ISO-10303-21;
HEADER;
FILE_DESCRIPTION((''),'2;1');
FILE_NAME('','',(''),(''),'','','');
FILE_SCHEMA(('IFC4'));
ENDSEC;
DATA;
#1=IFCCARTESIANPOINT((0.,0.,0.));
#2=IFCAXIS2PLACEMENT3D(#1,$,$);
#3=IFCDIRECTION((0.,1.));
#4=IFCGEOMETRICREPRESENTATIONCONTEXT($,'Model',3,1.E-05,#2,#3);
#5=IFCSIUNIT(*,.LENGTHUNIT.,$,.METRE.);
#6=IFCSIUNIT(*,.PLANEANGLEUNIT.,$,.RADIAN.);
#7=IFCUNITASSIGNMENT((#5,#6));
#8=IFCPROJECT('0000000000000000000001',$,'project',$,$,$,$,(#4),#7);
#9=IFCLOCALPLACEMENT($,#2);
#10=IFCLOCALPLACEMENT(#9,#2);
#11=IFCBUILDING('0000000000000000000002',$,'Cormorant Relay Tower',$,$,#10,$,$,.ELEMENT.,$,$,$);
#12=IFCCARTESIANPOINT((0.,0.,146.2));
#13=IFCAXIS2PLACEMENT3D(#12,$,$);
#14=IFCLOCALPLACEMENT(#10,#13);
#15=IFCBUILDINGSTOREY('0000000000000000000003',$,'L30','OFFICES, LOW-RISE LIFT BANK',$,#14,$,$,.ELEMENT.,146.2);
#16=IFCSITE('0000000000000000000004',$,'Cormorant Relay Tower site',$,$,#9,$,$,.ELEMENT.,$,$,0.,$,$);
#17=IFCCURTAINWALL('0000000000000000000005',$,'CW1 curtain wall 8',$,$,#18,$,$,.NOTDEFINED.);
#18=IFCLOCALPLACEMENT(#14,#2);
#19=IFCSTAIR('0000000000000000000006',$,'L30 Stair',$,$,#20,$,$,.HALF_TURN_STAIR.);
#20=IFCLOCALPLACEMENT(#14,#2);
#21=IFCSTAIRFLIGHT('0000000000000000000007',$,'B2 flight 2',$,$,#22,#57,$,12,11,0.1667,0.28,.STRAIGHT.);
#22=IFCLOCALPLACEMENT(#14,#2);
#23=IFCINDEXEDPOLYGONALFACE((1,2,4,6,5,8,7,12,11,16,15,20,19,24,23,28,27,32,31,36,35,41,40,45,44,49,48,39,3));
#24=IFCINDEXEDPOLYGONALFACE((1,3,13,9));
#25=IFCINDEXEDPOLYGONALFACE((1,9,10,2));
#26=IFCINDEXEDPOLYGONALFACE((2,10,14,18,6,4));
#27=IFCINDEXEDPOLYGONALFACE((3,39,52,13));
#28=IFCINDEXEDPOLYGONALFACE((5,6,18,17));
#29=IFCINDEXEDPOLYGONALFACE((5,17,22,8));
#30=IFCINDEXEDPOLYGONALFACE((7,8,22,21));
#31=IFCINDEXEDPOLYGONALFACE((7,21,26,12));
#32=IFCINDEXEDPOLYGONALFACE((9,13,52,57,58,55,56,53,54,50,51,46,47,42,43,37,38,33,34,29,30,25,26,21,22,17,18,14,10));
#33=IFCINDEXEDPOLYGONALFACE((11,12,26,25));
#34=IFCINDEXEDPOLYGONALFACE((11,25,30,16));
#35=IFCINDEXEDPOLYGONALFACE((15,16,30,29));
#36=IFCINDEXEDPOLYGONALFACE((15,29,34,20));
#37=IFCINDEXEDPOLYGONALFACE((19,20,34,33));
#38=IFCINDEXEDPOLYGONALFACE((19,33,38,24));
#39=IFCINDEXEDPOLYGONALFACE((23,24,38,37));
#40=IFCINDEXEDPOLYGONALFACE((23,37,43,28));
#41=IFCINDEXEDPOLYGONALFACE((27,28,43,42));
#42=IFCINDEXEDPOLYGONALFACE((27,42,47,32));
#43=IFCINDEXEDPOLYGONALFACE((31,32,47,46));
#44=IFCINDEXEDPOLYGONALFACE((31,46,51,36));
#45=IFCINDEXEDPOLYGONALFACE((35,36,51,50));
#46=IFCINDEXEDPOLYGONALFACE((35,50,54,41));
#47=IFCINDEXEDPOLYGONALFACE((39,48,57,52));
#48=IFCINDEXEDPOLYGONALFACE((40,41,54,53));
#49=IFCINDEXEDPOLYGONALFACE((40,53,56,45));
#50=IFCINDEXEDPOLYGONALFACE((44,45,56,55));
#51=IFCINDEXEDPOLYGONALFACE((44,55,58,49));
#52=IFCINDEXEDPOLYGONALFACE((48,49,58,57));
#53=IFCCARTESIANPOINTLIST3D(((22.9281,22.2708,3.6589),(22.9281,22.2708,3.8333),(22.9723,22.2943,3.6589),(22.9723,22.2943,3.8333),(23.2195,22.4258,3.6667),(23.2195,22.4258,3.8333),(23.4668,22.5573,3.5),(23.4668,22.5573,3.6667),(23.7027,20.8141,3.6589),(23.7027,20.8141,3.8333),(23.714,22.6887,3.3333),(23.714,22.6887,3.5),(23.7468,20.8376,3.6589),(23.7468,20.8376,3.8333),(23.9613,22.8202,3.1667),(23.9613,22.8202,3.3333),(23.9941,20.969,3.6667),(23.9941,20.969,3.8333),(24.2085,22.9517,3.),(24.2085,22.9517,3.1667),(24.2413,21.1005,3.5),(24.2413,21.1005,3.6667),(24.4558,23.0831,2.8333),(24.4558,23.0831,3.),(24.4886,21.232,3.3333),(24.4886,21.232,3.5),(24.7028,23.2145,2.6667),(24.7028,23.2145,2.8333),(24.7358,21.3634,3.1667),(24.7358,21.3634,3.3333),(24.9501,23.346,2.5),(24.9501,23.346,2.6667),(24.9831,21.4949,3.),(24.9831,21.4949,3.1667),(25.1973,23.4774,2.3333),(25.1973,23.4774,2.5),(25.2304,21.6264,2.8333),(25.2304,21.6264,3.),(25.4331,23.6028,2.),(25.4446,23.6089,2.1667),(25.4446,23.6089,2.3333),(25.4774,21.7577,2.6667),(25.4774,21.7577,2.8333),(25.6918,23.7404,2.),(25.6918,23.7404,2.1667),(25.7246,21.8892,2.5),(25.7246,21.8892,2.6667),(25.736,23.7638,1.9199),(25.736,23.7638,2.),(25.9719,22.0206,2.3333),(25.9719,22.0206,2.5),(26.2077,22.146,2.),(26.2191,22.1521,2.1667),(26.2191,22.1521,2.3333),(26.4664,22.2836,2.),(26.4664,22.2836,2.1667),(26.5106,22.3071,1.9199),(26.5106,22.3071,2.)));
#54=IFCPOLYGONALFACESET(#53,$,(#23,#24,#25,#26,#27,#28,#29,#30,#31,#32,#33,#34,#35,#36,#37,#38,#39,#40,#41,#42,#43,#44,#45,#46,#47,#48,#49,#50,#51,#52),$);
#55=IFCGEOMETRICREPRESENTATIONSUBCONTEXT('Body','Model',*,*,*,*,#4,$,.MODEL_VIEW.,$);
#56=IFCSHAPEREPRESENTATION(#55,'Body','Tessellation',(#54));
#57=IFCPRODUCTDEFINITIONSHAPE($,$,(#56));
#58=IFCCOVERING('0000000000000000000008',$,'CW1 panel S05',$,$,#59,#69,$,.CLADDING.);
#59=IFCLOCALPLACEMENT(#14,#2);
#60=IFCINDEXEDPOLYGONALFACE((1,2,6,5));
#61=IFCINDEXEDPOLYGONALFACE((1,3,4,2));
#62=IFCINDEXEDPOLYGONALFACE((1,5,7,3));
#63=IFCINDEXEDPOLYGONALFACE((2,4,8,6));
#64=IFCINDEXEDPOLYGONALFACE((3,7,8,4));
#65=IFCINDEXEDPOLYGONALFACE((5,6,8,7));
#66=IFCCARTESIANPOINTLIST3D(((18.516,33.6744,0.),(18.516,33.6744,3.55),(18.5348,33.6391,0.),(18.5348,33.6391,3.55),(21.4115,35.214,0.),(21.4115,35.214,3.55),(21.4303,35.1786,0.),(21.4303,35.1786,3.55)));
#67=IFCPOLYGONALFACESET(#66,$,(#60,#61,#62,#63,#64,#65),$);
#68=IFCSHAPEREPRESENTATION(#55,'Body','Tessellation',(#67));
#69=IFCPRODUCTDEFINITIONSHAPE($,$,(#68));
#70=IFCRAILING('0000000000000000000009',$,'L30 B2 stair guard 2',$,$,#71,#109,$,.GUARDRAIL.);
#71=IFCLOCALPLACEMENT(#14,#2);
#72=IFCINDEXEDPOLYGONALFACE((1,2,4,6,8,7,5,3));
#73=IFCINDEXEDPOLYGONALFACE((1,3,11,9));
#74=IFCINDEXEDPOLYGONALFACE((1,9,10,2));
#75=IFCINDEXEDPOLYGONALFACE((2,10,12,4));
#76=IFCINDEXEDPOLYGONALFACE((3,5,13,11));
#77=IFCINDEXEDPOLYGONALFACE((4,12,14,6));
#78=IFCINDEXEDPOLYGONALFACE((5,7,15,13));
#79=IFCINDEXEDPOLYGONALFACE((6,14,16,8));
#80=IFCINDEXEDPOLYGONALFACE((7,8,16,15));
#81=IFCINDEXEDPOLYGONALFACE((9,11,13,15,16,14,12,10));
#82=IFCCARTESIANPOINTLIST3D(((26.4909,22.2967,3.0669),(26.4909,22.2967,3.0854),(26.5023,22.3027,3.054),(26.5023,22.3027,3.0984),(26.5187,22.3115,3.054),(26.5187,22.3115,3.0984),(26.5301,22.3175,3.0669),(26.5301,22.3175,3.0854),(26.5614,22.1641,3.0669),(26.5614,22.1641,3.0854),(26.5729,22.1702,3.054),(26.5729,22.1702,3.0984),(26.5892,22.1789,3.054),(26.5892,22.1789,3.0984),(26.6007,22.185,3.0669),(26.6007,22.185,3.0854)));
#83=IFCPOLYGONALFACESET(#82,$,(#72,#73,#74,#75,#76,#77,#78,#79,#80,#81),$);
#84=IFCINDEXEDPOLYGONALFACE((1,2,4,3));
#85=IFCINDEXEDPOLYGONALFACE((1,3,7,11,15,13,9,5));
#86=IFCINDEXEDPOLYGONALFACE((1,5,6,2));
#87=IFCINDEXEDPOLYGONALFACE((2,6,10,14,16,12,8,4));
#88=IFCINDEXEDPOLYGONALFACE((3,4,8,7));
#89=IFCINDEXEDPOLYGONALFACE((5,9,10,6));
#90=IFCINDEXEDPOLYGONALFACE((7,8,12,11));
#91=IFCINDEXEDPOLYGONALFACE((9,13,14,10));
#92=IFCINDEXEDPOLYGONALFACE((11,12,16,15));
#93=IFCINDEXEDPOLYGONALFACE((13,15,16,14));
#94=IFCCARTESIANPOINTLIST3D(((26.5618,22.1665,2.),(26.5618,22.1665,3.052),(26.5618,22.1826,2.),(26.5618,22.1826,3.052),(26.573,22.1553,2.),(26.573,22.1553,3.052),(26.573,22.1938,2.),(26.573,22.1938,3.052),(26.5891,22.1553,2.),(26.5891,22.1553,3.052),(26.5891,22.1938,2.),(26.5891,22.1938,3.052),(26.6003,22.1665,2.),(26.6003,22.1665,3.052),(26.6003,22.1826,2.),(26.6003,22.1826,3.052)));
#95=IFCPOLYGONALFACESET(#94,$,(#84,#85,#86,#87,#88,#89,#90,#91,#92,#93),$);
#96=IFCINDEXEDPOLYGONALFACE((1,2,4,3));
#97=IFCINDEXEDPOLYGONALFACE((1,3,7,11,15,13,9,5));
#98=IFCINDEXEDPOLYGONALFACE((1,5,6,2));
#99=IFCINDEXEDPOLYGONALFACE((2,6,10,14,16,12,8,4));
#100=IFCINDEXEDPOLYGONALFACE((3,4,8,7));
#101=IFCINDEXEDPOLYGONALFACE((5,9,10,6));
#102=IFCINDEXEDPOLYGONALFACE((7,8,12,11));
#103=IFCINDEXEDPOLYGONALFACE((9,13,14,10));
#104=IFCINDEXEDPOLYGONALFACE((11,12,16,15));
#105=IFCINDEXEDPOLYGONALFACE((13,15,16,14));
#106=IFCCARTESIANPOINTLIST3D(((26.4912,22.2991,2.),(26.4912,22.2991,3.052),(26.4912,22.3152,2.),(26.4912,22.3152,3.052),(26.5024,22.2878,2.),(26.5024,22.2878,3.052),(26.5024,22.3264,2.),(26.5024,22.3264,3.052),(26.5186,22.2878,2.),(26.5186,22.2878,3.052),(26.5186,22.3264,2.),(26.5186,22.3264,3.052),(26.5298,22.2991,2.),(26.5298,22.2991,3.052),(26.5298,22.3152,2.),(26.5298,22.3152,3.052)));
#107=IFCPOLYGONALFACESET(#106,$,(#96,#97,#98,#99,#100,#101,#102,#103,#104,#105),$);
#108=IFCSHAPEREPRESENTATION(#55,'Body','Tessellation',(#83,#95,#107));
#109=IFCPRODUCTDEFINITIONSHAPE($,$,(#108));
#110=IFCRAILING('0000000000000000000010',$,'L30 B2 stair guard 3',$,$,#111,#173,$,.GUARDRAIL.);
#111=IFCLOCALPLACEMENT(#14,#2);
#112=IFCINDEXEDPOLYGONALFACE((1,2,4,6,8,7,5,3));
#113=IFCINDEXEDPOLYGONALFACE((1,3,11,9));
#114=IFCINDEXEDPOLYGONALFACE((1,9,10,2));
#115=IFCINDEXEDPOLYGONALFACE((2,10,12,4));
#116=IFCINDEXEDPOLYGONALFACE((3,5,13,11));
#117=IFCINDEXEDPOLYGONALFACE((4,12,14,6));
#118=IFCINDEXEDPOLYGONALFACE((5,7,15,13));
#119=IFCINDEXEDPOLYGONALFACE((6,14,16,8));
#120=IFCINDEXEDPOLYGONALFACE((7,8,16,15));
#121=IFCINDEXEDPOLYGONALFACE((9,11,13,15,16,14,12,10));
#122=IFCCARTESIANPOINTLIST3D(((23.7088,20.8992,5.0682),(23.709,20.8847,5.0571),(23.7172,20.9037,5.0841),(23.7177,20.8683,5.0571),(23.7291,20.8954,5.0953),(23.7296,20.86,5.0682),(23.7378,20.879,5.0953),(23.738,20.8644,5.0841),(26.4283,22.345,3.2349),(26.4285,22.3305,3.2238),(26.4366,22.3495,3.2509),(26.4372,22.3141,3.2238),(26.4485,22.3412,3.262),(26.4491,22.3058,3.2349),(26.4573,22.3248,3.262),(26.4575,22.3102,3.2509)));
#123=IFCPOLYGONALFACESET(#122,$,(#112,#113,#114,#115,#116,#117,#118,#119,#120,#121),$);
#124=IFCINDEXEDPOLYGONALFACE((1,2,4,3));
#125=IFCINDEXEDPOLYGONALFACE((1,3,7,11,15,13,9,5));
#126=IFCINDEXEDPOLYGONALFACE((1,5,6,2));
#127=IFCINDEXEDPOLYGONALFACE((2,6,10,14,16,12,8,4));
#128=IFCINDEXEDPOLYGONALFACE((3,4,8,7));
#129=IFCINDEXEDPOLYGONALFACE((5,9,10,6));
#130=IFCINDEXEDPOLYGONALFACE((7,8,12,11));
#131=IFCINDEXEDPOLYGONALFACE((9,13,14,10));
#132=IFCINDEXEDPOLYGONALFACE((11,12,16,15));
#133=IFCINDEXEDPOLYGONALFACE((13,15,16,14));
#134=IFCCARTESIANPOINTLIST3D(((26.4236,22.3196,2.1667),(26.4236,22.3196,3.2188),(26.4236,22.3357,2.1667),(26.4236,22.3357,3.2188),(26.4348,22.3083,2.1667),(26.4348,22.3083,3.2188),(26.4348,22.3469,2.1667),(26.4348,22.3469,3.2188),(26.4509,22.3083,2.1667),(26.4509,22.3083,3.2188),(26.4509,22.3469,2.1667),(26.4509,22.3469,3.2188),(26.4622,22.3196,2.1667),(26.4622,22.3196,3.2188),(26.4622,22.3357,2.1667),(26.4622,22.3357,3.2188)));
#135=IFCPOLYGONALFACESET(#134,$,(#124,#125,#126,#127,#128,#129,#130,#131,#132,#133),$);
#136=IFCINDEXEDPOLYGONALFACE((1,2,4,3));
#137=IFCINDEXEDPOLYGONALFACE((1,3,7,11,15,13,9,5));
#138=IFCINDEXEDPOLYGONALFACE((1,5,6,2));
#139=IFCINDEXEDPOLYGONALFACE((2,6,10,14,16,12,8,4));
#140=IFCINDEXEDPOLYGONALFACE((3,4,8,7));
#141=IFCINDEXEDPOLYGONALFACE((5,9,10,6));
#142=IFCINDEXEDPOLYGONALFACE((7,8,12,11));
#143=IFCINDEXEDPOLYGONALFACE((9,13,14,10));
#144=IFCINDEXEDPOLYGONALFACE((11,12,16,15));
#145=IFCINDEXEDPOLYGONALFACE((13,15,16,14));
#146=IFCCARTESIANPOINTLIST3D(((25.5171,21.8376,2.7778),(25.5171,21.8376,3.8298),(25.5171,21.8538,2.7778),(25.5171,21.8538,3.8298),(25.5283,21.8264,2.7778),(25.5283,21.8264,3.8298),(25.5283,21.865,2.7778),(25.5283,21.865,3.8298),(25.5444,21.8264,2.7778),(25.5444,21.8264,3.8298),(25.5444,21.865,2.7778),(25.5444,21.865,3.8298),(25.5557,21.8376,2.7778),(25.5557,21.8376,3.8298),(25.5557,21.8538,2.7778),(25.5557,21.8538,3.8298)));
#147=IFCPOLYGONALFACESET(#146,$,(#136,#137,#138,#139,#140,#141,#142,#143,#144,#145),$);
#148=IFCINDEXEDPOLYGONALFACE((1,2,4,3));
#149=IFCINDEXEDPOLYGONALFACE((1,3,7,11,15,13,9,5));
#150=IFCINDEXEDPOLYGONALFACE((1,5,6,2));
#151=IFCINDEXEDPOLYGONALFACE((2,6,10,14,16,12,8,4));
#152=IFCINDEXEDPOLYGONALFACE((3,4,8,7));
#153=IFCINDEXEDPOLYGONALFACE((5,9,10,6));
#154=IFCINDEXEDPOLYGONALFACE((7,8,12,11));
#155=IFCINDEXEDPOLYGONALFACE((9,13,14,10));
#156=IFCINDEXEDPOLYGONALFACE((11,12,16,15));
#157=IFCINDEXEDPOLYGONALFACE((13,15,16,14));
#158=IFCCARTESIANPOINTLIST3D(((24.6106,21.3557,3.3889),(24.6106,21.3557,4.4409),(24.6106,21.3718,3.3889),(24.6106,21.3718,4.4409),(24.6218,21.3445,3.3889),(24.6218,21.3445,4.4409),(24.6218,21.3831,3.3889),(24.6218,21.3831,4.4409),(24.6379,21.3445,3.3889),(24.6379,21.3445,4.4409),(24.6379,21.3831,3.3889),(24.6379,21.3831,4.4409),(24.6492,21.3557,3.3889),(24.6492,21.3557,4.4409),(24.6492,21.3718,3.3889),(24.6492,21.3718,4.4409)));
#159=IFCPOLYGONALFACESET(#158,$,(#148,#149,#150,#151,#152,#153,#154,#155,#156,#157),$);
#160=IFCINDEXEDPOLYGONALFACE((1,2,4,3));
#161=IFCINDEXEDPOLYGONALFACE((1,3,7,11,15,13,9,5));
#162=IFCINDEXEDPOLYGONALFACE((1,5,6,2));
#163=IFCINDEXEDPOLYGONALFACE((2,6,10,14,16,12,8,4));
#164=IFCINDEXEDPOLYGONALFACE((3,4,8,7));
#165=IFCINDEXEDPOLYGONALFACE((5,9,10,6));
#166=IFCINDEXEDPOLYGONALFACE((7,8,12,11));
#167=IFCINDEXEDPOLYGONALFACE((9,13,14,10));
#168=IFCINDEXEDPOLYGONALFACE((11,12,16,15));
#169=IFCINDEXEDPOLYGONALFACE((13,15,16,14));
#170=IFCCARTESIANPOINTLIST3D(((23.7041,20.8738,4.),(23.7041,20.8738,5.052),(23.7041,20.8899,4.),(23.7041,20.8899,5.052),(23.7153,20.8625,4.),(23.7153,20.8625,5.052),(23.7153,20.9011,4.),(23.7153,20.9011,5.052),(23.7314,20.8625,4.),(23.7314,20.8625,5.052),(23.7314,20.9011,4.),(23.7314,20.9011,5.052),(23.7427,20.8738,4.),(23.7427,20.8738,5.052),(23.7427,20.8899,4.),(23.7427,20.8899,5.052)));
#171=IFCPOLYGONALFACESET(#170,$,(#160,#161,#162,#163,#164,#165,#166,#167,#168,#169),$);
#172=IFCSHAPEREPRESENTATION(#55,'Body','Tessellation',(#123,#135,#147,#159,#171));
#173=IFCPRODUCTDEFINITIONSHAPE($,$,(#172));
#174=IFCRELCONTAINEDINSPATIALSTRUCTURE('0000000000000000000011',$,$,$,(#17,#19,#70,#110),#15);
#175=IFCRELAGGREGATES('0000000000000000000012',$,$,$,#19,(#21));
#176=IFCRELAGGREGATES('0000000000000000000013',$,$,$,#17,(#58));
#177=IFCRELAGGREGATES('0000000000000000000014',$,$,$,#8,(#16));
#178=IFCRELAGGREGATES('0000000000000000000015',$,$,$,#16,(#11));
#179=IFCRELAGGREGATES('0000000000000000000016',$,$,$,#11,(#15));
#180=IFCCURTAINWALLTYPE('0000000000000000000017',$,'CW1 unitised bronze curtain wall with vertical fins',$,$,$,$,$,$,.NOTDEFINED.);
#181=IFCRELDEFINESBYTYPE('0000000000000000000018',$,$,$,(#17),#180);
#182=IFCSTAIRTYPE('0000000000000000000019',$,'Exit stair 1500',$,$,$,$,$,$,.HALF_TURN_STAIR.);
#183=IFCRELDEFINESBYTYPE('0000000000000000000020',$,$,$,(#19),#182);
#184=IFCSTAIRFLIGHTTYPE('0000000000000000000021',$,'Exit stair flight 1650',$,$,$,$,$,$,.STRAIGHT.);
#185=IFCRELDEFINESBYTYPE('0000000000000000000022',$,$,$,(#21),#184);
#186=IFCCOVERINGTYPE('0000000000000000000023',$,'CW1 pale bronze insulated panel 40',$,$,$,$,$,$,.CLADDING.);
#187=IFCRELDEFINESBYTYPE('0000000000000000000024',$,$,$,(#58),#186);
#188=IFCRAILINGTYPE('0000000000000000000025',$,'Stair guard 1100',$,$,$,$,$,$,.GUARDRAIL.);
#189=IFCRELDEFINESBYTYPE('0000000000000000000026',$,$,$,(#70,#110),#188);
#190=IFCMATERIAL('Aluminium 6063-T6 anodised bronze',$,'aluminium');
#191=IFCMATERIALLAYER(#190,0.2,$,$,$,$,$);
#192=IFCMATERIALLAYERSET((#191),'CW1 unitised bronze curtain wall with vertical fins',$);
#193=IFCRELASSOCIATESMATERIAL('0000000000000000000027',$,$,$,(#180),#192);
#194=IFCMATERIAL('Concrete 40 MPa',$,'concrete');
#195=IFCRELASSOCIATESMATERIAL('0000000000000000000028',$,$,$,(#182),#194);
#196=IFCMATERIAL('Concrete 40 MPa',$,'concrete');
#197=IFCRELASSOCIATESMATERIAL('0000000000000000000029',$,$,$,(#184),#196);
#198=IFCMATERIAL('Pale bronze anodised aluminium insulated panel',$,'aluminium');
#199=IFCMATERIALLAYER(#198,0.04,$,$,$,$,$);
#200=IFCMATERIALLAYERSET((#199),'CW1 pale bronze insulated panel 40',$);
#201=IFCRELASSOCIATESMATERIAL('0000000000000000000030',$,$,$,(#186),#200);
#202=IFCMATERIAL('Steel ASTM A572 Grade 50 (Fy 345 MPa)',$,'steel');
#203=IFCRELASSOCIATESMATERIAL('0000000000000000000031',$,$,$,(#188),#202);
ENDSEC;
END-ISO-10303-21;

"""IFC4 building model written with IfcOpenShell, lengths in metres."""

from ifc_helpers import new_model, si_unit, direction, frame, origin, origin_2d, place, context, subcontext, project, spatial, polyline, rectangle, outline, extrude, material, layer, layer_set, type_object, element, aggregate, save


model = new_model("IFC4")

# Units and contexts
model_context = context("Model", 3, precision=1e-05, world=origin(), true_north=direction((0.0, 1.0)))
body_context = subcontext(model_context, "Body", "Model", "MODEL_VIEW")
ifc_project = project(units=[si_unit("LENGTHUNIT", "METRE"), si_unit("PLANEANGLEUNIT", "RADIAN")], contexts=[model_context])

# Site, building, storey
site_placement = place(None, origin())
site = spatial("IfcSite", under=ifc_project, at=site_placement, Name="Cormorant Relay Tower site", CompositionType="ELEMENT", RefElevation=0.0)
building_placement = place(site_placement, origin())
building = spatial("IfcBuilding", under=site, at=building_placement, Name="Cormorant Relay Tower", CompositionType="ELEMENT")
storey_placement = place(building_placement, frame((0.0, 0.0, 146.2)))
storey = spatial("IfcBuildingStorey", under=building, at=storey_placement, Name="L30", Description="OFFICES, LOW-RISE LIFT BANK", CompositionType="ELEMENT", Elevation=146.2)

# Curtain wall
ifc_material_1 = material(Name="Aluminium 6063-T6 anodised bronze", Category="aluminium")
ifc_layer_1 = layer(ifc_material_1, 0.2)
ifc_layer_set_1 = layer_set([ifc_layer_1], Name="CW1 unitised bronze curtain wall with vertical fins")
curtain_wall_type = type_object("IfcCurtainWallType", Name="CW1 unitised bronze curtain wall with vertical fins", PredefinedType="NOTDEFINED", material=ifc_layer_set_1)
curtain_wall_placement = place(storey_placement, origin())
curtain_wall = element("IfcCurtainWall", 1, at=curtain_wall_placement, inside=storey, type_object=curtain_wall_type, Name="CW1 curtain wall 8", PredefinedType="NOTDEFINED")

# Stair, stair flight
ifc_material_2 = material(Name="Concrete 40 MPa", Category="concrete")
stair_type = type_object("IfcStairType", Name="Exit stair 1500", PredefinedType="HALF_TURN_STAIR", material=ifc_material_2)
stair_placement = place(storey_placement, origin())
stair = element("IfcStair", 2, at=stair_placement, inside=storey, type_object=stair_type, Name="L30 Stair", PredefinedType="HALF_TURN_STAIR")
ifc_material_3 = material(Name="Concrete 40 MPa", Category="concrete")
stair_flight_type = type_object("IfcStairFlightType", Name="Exit stair flight 1650", PredefinedType="STRAIGHT", material=ifc_material_3)
stair_flight_placement = place(storey_placement, frame((26.0791, 23.012, 2.0), z_axis=(0.0, 0.0, 1.0), x_axis=(-0.882948, -0.469472, 0.0)))
stair_flight = element("IfcStairFlight", 3, at=stair_flight_placement, type_object=stair_flight_type, Name="B2 flight 2", NumberOfRisers=12, NumberOfTreads=11, PredefinedType="STRAIGHT", RiserHeight=0.1667, TreadLength=0.28, context=body_context, shape_type="SweptSolid", body=[
    extrude(outline(polyline([(-0.05, -0.0801), (-0.05, 0.0), (0.0, 0.0), (0.0, 0.1667), (0.28, 0.1667), (0.28, 0.3333), (0.5601, 0.3333), (0.5601, 0.5), (0.8401, 0.5), (0.8401, 0.6667), (1.1201, 0.6667), (1.1201, 0.8333), (1.3999, 0.8333), (1.3999, 1.0), (1.6799, 1.0), (1.6799, 1.1667), (1.96, 1.1667), (1.96, 1.3333), (2.24, 1.3333), (2.24, 1.5), (2.52, 1.5), (2.52, 1.6667), (2.8, 1.6667), (2.8, 1.8333), (3.0801, 1.8333), (3.1301, 1.8333), (3.1301, 1.6589), (3.0801, 1.6589), (0.293, 0.0), (-0.05, -0.0801)])), frame((0.0, 0.825, 0.0), z_axis=(0.0, -1.0, 0.0), x_axis=(1.0, 0.0, 0.0)), (0.0, 0.0, 1.0), 1.6499),
])
aggregate(stair, [stair_flight])

# Covering
ifc_material_4 = material(Name="Pale bronze anodised aluminium insulated panel", Category="aluminium")
ifc_layer_2 = layer(ifc_material_4, 0.04)
ifc_layer_set_2 = layer_set([ifc_layer_2], Name="CW1 pale bronze insulated panel 40")
covering_type = type_object("IfcCoveringType", Name="CW1 pale bronze insulated panel 40", PredefinedType="CLADDING", material=ifc_layer_set_2)
covering_placement = place(storey_placement, frame((19.9731, 34.4265, 0.0), z_axis=(0.0, 0.0, 1.0), x_axis=(-0.882948, -0.469472, 0.0)))
covering = element("IfcCovering", 4, at=covering_placement, type_object=covering_type, Name="CW1 panel S05", PredefinedType="CLADDING", context=body_context, shape_type="SweptSolid", body=[
    extrude(rectangle(XDim=3.2793, YDim=0.04, at=origin_2d()), origin(), (0.0, 0.0, 1.0), 3.55),
])
aggregate(curtain_wall, [covering])

# Railings
ifc_material_5 = material(Name="Steel ASTM A572 Grade 50 (Fy 345 MPa)", Category="steel")
railing_type_1 = type_object("IfcRailingType", Name="Stair guard 1100", PredefinedType="GUARDRAIL", material=ifc_material_5)
railing_1_placement = place(storey_placement, frame((26.5811, 22.1746, 2.0)))
element("IfcRailing", 5, at=railing_1_placement, inside=storey, type_object=railing_type_1, Name="L30 B2 stair guard 2", PredefinedType="GUARDRAIL", context=body_context, shape_type="SweptSolid", body=[
    extrude(outline(polyline([(0.0222, 0.0093), (0.0093, 0.0222), (-0.0093, 0.0222), (-0.0222, 0.0093), (-0.0222, -0.0093), (-0.0093, -0.0222), (0.0093, -0.0222), (0.0222, -0.0093), (0.0222, 0.0093)])), frame((0.0, 0.0, 1.0762), z_axis=(-0.469829, 0.882758, 0.0), x_axis=(-0.882758, -0.469829, 0.0)), (0.0, 0.0, 1.0), 0.1501),
    extrude(outline(polyline([(0.0193, 0.0081), (0.0081, 0.0193), (-0.0081, 0.0193), (-0.0193, 0.0081), (-0.0193, -0.0081), (-0.0081, -0.0193), (0.0081, -0.0193), (0.0193, -0.0081), (0.0193, 0.0081)])), origin(), (0.0, 0.0, 1.0), 1.052),
    extrude(outline(polyline([(0.0193, 0.0081), (0.0081, 0.0193), (-0.0081, 0.0193), (-0.0193, 0.0081), (-0.0193, -0.0081), (-0.0081, -0.0193), (0.0081, -0.0193), (0.0193, -0.0081), (0.0193, 0.0081)])), frame((-0.0706, 0.1326, 0.0)), (0.0, 0.0, 1.0), 1.052),
])
railing_2_placement = place(storey_placement, frame((26.4429, 22.3276, 2.1667)))
element("IfcRailing", 6, at=railing_2_placement, inside=storey, type_object=railing_type_1, Name="L30 B2 stair guard 3", PredefinedType="GUARDRAIL", context=body_context, shape_type="SweptSolid", body=[
    extrude(outline(polyline([(0.0222, 0.0093), (0.0093, 0.0222), (-0.0093, 0.0222), (-0.0222, 0.0093), (-0.0222, -0.0093), (-0.0093, -0.0222), (0.0093, -0.0222), (0.0222, -0.0093), (0.0222, 0.0093)])), frame((0.0, 0.0, 1.0762), z_axis=(-0.758735, -0.403378, 0.511477), x_axis=(0.469428, -0.882971, 0.0)), (0.0, 0.0, 1.0), 3.5842),
    extrude(outline(polyline([(0.0193, 0.0081), (0.0081, 0.0193), (-0.0081, 0.0193), (-0.0193, 0.0081), (-0.0193, -0.0081), (-0.0081, -0.0193), (0.0081, -0.0193), (0.0193, -0.0081), (0.0193, 0.0081)])), origin(), (0.0, 0.0, 1.0), 1.052),
    extrude(outline(polyline([(0.0193, 0.0081), (0.0081, 0.0193), (-0.0081, 0.0193), (-0.0193, 0.0081), (-0.0193, -0.0081), (-0.0081, -0.0193), (0.0081, -0.0193), (0.0193, -0.0081), (0.0193, 0.0081)])), frame((-0.9065, -0.4819, 0.6111)), (0.0, 0.0, 1.0), 1.052),
    extrude(outline(polyline([(0.0193, 0.0081), (0.0081, 0.0193), (-0.0081, 0.0193), (-0.0193, 0.0081), (-0.0193, -0.0081), (-0.0081, -0.0193), (0.0081, -0.0193), (0.0193, -0.0081), (0.0193, 0.0081)])), frame((-1.813, -0.9639, 1.2222)), (0.0, 0.0, 1.0), 1.052),
    extrude(outline(polyline([(0.0193, 0.0081), (0.0081, 0.0193), (-0.0081, 0.0193), (-0.0193, 0.0081), (-0.0193, -0.0081), (-0.0081, -0.0193), (0.0081, -0.0193), (0.0193, -0.0081), (0.0193, 0.0081)])), frame((-2.7195, -1.4458, 1.8333)), (0.0, 0.0, 1.0), 1.052),
])

save(model, "model.ifc")
